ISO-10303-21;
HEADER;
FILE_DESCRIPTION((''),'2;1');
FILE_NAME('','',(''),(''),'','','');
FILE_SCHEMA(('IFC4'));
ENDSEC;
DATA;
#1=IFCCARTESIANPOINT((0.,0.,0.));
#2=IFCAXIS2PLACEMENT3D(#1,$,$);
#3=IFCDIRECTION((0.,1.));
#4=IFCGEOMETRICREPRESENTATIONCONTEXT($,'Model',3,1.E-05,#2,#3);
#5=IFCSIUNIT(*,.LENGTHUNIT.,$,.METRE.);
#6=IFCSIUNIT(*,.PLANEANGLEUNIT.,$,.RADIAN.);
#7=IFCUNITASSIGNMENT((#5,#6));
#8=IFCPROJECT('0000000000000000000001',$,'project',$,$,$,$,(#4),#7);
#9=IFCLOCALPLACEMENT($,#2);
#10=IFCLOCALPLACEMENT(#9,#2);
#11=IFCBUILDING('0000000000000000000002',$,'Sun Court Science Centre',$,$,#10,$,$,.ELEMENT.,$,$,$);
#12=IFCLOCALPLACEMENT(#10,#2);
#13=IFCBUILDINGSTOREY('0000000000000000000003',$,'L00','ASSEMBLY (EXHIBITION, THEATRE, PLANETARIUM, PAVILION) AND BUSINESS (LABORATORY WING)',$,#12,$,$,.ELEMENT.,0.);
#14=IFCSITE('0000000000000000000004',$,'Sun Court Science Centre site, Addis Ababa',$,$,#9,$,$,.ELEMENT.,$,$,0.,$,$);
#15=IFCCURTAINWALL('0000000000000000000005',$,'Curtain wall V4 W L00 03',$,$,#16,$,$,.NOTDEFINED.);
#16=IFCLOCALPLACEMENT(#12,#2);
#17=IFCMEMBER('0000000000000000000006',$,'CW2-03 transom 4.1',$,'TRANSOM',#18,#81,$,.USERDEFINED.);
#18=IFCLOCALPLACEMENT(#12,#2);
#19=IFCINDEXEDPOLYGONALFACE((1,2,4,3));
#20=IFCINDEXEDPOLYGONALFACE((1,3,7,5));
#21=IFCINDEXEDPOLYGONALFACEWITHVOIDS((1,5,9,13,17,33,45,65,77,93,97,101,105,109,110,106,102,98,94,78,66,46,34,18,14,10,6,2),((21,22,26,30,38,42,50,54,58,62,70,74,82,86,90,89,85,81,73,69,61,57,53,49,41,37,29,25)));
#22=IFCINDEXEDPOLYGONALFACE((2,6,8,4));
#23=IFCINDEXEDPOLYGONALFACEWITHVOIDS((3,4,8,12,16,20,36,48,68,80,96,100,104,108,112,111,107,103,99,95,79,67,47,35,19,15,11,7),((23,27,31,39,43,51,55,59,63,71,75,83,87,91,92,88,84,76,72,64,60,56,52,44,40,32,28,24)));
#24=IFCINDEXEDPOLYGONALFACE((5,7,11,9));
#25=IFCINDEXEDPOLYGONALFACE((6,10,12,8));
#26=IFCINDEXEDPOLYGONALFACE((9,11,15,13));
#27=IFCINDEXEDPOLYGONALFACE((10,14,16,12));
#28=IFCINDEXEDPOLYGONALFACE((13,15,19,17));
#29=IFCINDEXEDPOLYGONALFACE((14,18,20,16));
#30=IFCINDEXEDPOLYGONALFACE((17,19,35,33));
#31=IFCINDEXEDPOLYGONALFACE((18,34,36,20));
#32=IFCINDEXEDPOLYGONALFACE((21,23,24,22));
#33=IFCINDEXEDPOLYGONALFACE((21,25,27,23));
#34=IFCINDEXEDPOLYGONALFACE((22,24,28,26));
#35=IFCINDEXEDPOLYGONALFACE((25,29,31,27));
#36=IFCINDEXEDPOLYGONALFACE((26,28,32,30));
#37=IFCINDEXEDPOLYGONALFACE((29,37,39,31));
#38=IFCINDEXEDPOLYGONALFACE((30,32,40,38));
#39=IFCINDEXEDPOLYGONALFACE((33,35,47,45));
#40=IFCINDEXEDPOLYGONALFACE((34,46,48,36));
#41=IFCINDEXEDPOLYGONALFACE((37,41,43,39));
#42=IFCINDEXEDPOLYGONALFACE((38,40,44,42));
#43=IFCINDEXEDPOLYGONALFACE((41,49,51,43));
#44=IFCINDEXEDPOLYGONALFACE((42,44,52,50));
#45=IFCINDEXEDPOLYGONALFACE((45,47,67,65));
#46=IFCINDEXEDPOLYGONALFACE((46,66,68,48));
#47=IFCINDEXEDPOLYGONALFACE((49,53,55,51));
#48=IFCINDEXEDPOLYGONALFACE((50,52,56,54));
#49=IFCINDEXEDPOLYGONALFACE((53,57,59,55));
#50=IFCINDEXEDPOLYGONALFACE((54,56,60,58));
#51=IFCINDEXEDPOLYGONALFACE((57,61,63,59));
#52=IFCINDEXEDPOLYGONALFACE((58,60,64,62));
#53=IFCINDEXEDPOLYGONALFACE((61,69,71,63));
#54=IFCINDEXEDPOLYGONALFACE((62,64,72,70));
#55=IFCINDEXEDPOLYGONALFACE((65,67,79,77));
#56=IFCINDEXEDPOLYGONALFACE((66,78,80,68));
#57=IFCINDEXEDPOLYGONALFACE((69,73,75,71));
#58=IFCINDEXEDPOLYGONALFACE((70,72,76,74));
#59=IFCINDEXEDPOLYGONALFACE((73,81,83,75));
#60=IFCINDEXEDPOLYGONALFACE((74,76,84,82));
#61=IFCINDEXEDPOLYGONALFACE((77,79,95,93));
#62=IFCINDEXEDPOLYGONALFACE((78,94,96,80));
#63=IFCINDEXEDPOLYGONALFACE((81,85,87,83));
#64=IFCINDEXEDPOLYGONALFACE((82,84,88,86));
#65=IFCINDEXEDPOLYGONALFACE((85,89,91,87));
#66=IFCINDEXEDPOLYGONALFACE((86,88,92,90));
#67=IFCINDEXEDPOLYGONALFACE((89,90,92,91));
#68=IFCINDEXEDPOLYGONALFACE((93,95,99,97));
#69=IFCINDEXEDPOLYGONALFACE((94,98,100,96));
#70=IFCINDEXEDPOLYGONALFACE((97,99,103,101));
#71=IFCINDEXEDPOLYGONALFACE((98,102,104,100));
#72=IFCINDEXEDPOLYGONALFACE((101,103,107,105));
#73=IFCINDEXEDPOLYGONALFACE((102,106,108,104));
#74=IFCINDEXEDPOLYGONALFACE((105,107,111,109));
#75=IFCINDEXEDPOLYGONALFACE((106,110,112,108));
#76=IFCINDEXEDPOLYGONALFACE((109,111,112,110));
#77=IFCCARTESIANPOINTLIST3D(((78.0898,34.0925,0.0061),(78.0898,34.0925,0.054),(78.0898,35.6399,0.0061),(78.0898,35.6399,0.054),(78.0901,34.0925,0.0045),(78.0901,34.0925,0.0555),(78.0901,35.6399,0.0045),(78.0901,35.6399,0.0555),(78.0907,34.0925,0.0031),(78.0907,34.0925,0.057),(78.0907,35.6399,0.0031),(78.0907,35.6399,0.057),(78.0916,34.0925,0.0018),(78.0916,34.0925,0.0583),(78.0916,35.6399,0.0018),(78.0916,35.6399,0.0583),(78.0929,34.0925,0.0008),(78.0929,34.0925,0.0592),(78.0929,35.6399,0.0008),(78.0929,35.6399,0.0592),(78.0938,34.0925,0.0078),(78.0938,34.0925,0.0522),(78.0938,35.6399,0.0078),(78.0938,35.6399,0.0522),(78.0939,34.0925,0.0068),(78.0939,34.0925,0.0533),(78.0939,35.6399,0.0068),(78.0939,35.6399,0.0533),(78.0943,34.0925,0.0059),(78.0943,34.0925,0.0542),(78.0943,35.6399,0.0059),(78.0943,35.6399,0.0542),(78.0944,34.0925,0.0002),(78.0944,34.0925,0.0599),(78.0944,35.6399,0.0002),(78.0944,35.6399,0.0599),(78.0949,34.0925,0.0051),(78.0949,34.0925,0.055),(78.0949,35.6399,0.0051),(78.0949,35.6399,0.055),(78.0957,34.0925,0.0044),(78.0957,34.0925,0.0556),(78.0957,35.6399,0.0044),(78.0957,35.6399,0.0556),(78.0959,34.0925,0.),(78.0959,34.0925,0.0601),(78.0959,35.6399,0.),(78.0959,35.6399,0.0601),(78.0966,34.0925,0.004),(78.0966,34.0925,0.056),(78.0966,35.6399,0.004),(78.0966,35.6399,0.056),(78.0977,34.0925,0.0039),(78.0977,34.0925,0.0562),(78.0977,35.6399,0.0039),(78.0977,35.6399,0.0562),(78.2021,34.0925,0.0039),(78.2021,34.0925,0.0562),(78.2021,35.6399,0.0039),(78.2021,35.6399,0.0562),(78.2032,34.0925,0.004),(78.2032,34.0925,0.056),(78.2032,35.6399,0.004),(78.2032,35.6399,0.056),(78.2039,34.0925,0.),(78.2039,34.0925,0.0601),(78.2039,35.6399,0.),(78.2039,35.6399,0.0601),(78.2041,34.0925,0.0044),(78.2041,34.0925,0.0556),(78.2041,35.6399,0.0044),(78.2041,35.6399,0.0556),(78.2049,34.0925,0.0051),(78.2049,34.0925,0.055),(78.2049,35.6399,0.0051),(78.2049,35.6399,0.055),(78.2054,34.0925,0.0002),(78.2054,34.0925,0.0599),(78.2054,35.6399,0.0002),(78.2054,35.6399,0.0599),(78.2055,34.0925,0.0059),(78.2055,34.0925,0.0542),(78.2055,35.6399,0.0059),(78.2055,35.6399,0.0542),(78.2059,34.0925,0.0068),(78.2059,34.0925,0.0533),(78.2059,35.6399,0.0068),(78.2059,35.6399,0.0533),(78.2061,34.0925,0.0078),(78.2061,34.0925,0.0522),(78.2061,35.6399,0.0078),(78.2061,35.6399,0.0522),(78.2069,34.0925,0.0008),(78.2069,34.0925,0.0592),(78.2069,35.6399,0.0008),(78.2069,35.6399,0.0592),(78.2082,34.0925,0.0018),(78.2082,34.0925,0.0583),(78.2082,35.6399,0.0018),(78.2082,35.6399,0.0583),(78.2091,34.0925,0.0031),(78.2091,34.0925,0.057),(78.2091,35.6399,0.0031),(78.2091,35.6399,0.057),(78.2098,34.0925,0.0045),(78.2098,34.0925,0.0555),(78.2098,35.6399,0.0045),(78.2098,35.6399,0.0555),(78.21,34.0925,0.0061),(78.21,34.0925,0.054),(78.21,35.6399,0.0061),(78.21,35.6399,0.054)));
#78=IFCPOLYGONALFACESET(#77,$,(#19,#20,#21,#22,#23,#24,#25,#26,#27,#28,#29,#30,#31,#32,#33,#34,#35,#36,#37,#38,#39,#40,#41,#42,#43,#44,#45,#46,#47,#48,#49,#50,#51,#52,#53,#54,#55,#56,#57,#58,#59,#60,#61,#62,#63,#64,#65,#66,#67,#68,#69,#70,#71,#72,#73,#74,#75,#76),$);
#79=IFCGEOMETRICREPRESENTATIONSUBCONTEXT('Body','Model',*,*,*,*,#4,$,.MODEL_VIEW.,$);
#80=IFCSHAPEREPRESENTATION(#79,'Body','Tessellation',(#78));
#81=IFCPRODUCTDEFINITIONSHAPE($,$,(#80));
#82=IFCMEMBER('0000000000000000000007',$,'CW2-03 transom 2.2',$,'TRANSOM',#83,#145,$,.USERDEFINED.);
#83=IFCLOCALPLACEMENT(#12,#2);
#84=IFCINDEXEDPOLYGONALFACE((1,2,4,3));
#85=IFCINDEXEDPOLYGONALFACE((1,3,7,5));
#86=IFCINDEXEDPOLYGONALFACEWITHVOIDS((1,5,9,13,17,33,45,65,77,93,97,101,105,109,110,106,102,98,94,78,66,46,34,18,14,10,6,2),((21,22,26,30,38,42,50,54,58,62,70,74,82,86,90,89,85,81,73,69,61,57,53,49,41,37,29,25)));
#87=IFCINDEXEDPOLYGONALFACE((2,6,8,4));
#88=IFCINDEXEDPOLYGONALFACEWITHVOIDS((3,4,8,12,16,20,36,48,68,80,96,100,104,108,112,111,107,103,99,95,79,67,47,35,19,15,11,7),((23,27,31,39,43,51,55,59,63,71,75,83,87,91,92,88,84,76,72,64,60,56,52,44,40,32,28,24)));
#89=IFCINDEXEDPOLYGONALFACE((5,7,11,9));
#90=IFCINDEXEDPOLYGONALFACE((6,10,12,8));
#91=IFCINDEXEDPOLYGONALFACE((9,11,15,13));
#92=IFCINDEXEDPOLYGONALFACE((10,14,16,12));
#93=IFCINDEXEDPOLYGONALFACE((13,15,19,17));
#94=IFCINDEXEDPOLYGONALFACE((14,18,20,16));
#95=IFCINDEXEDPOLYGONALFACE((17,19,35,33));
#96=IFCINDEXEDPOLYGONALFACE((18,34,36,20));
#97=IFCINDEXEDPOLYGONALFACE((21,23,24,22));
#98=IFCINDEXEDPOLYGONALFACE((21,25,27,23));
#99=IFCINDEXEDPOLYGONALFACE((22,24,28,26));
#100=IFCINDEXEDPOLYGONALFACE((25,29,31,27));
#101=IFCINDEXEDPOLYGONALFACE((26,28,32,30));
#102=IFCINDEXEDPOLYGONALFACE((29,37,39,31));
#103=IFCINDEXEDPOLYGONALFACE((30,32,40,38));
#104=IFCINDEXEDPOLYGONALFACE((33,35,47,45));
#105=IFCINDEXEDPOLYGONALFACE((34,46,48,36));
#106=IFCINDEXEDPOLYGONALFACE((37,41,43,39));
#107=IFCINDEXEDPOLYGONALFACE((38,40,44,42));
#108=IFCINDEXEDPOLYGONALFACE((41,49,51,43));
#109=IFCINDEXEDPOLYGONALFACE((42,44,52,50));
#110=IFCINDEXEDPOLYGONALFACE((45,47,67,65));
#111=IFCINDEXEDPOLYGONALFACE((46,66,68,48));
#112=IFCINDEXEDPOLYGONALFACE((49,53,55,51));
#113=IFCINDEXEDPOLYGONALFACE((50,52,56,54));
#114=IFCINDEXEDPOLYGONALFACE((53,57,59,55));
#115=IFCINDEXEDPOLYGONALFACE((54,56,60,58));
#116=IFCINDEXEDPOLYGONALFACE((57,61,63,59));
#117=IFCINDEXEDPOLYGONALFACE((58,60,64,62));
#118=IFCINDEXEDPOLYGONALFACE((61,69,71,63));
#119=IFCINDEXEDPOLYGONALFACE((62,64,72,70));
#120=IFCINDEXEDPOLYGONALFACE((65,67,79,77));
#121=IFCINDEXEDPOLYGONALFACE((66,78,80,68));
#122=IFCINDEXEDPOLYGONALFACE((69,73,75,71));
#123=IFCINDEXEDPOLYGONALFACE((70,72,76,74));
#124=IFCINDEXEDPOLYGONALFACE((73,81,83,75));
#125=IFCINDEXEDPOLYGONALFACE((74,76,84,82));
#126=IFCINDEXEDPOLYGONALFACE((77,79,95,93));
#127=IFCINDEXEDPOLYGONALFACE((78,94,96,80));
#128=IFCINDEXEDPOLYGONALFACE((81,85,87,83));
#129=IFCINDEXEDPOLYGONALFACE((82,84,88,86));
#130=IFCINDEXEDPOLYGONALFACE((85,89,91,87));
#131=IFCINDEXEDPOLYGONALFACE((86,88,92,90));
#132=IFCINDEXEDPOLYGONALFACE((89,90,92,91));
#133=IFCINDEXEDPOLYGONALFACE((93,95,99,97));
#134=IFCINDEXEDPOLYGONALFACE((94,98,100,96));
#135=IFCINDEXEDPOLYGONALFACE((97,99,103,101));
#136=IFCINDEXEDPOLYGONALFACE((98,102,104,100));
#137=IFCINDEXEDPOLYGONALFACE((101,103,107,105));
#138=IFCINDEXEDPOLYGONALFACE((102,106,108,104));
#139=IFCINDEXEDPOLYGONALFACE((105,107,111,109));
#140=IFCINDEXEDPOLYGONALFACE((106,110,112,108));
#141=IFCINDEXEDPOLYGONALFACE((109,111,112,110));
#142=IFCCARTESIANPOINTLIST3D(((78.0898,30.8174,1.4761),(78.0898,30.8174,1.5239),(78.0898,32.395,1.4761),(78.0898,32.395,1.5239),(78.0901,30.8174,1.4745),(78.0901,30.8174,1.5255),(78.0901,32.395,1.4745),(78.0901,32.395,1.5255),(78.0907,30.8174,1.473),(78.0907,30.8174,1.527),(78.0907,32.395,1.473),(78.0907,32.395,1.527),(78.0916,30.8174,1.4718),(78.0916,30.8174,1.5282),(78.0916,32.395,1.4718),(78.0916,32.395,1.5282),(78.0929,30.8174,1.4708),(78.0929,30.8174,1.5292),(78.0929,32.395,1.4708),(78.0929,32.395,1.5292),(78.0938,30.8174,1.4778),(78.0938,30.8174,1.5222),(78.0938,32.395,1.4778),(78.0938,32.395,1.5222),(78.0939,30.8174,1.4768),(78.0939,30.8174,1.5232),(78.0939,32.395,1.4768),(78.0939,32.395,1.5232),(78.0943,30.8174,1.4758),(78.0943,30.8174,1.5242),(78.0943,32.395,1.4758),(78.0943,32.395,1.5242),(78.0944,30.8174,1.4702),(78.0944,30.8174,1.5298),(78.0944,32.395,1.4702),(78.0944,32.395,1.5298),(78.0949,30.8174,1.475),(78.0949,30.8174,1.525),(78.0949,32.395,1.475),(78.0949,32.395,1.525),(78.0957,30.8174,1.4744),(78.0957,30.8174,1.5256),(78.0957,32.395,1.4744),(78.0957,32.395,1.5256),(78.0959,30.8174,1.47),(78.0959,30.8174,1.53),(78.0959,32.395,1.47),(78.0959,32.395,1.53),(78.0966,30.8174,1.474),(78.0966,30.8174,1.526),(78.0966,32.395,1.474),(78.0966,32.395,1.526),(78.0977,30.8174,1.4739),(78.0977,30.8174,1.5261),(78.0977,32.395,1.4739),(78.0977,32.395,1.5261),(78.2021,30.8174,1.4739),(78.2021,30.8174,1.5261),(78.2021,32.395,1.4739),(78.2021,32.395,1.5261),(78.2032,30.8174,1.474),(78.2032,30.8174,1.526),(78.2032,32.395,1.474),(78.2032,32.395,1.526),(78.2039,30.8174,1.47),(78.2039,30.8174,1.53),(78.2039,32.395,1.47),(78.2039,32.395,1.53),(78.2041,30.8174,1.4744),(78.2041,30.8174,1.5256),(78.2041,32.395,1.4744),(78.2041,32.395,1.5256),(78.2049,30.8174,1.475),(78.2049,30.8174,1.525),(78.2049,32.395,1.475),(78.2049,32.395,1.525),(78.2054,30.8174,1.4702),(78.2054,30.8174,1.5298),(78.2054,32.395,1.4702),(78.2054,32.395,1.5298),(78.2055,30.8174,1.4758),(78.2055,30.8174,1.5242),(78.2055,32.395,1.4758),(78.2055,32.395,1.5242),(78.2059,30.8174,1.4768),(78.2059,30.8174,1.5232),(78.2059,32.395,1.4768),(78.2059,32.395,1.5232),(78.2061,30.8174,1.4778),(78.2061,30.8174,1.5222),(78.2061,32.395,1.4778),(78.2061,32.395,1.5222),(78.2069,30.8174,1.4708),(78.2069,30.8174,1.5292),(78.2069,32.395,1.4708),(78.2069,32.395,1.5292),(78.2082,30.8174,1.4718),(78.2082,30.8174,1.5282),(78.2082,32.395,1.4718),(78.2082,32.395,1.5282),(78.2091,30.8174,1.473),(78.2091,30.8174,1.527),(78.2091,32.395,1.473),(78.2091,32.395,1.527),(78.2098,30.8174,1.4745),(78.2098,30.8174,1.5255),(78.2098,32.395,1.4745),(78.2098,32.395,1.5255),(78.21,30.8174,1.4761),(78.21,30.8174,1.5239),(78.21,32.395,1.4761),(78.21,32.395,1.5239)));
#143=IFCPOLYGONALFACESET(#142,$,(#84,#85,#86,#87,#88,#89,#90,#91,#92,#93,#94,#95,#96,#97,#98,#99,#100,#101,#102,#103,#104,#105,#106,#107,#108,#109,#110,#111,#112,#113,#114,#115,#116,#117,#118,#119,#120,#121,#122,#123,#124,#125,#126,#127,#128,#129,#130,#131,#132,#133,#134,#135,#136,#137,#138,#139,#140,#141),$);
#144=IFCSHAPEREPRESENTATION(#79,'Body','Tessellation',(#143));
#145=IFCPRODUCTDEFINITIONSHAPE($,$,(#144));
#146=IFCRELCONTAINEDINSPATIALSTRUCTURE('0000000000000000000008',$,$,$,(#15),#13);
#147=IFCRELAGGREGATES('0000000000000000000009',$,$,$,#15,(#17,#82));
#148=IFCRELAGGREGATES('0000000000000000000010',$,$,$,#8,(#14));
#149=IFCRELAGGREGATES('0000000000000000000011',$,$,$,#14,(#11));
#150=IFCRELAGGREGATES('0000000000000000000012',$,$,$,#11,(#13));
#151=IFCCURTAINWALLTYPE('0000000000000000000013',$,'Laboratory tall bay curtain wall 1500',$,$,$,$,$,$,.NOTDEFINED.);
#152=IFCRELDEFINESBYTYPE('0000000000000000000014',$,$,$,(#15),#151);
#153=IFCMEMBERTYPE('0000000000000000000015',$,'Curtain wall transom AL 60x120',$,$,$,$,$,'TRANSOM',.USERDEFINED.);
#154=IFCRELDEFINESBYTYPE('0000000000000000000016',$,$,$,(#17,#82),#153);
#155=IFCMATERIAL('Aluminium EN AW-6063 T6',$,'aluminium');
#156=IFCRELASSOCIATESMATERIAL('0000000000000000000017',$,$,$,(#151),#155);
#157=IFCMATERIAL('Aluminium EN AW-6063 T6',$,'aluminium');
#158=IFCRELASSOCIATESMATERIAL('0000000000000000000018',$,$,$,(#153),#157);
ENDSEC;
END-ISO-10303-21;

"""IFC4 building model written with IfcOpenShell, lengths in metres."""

from ifc_helpers import new_model, si_unit, direction, frame, origin, origin_2d, place, context, subcontext, project, spatial, hollow_rectangle, extrude, material, material_profile, profile_set, type_object, element, aggregate, save


model = new_model("IFC4")

# Units and contexts
model_context = context("Model", 3, precision=1e-05, world=origin(), true_north=direction((0.0, 1.0)))
body_context = subcontext(model_context, "Body", "Model", "MODEL_VIEW")
ifc_project = project(units=[si_unit("LENGTHUNIT", "METRE"), si_unit("PLANEANGLEUNIT", "RADIAN")], contexts=[model_context])

# Site, building, storey
site_placement = place(None, origin())
site = spatial("IfcSite", under=ifc_project, at=site_placement, Name="Sun Court Science Centre site, Addis Ababa", CompositionType="ELEMENT", RefElevation=0.0)
building_placement = place(site_placement, origin())
building = spatial("IfcBuilding", under=site, at=building_placement, Name="Sun Court Science Centre", CompositionType="ELEMENT")
storey_placement = place(building_placement, origin())
storey = spatial("IfcBuildingStorey", under=building, at=storey_placement, Name="L00", Description="ASSEMBLY (EXHIBITION, THEATRE, PLANETARIUM, PAVILION) AND BUSINESS (LABORATORY WING)", CompositionType="ELEMENT", Elevation=0.0)

# Curtain wall, members
ifc_material_1 = material(Name="Aluminium EN AW-6063 T6", Category="aluminium")
curtain_wall_type = type_object("IfcCurtainWallType", Name="Laboratory tall bay curtain wall 1500", PredefinedType="NOTDEFINED", material=ifc_material_1)
curtain_wall_placement = place(storey_placement, origin())
curtain_wall = element("IfcCurtainWall", 1, at=curtain_wall_placement, inside=storey, type_object=curtain_wall_type, Name="Curtain wall V4 W L00 03", PredefinedType="NOTDEFINED")
ifc_material_2 = material(Name="Aluminium EN AW-6063 T6", Category="aluminium")
ifc_material_profile_1 = material_profile(ifc_material_2, hollow_rectangle(XDim=0.0601, YDim=0.1201, WallThickness=0.0039, InnerFilletRadius=0.0039, OuterFilletRadius=0.0061, at=origin_2d()), Name="AL 60x120x4")
ifc_profile_set_1 = profile_set([ifc_material_profile_1], Name="Aluminium EN AW-6063 T6")
member_type_1 = type_object("IfcMemberType", Name="Curtain wall transom AL 60x120", ElementType="TRANSOM", PredefinedType="USERDEFINED", material=ifc_profile_set_1)
member_1_placement = place(storey_placement, frame((78.1499, 34.0925, 0.03), z_axis=(0.0, 1.0, 0.0), x_axis=(0.0, 0.0, 1.0)))
member_1 = element("IfcMember", 2, at=member_1_placement, type_object=member_type_1, Name="CW2-03 transom 4.1", ObjectType="TRANSOM", PredefinedType="USERDEFINED", context=body_context, shape_type="SweptSolid", body=[
    extrude(hollow_rectangle(XDim=0.0601, YDim=0.1201, WallThickness=0.0039, InnerFilletRadius=0.0039, OuterFilletRadius=0.0061, at=origin_2d()), origin(), (0.0, 0.0, 1.0), 1.5474),
])
member_2_placement = place(storey_placement, frame((78.1499, 30.8174, 1.5), z_axis=(0.0, 1.0, 0.0), x_axis=(0.0, 0.0, 1.0)))
member_2 = element("IfcMember", 3, at=member_2_placement, type_object=member_type_1, Name="CW2-03 transom 2.2", ObjectType="TRANSOM", PredefinedType="USERDEFINED", context=body_context, shape_type="SweptSolid", body=[
    extrude(hollow_rectangle(XDim=0.0601, YDim=0.1201, WallThickness=0.0039, InnerFilletRadius=0.0039, OuterFilletRadius=0.0061, at=origin_2d()), origin(), (0.0, 0.0, 1.0), 1.5776),
])
aggregate(curtain_wall, [member_1, member_2])

save(model, "model.ifc")
